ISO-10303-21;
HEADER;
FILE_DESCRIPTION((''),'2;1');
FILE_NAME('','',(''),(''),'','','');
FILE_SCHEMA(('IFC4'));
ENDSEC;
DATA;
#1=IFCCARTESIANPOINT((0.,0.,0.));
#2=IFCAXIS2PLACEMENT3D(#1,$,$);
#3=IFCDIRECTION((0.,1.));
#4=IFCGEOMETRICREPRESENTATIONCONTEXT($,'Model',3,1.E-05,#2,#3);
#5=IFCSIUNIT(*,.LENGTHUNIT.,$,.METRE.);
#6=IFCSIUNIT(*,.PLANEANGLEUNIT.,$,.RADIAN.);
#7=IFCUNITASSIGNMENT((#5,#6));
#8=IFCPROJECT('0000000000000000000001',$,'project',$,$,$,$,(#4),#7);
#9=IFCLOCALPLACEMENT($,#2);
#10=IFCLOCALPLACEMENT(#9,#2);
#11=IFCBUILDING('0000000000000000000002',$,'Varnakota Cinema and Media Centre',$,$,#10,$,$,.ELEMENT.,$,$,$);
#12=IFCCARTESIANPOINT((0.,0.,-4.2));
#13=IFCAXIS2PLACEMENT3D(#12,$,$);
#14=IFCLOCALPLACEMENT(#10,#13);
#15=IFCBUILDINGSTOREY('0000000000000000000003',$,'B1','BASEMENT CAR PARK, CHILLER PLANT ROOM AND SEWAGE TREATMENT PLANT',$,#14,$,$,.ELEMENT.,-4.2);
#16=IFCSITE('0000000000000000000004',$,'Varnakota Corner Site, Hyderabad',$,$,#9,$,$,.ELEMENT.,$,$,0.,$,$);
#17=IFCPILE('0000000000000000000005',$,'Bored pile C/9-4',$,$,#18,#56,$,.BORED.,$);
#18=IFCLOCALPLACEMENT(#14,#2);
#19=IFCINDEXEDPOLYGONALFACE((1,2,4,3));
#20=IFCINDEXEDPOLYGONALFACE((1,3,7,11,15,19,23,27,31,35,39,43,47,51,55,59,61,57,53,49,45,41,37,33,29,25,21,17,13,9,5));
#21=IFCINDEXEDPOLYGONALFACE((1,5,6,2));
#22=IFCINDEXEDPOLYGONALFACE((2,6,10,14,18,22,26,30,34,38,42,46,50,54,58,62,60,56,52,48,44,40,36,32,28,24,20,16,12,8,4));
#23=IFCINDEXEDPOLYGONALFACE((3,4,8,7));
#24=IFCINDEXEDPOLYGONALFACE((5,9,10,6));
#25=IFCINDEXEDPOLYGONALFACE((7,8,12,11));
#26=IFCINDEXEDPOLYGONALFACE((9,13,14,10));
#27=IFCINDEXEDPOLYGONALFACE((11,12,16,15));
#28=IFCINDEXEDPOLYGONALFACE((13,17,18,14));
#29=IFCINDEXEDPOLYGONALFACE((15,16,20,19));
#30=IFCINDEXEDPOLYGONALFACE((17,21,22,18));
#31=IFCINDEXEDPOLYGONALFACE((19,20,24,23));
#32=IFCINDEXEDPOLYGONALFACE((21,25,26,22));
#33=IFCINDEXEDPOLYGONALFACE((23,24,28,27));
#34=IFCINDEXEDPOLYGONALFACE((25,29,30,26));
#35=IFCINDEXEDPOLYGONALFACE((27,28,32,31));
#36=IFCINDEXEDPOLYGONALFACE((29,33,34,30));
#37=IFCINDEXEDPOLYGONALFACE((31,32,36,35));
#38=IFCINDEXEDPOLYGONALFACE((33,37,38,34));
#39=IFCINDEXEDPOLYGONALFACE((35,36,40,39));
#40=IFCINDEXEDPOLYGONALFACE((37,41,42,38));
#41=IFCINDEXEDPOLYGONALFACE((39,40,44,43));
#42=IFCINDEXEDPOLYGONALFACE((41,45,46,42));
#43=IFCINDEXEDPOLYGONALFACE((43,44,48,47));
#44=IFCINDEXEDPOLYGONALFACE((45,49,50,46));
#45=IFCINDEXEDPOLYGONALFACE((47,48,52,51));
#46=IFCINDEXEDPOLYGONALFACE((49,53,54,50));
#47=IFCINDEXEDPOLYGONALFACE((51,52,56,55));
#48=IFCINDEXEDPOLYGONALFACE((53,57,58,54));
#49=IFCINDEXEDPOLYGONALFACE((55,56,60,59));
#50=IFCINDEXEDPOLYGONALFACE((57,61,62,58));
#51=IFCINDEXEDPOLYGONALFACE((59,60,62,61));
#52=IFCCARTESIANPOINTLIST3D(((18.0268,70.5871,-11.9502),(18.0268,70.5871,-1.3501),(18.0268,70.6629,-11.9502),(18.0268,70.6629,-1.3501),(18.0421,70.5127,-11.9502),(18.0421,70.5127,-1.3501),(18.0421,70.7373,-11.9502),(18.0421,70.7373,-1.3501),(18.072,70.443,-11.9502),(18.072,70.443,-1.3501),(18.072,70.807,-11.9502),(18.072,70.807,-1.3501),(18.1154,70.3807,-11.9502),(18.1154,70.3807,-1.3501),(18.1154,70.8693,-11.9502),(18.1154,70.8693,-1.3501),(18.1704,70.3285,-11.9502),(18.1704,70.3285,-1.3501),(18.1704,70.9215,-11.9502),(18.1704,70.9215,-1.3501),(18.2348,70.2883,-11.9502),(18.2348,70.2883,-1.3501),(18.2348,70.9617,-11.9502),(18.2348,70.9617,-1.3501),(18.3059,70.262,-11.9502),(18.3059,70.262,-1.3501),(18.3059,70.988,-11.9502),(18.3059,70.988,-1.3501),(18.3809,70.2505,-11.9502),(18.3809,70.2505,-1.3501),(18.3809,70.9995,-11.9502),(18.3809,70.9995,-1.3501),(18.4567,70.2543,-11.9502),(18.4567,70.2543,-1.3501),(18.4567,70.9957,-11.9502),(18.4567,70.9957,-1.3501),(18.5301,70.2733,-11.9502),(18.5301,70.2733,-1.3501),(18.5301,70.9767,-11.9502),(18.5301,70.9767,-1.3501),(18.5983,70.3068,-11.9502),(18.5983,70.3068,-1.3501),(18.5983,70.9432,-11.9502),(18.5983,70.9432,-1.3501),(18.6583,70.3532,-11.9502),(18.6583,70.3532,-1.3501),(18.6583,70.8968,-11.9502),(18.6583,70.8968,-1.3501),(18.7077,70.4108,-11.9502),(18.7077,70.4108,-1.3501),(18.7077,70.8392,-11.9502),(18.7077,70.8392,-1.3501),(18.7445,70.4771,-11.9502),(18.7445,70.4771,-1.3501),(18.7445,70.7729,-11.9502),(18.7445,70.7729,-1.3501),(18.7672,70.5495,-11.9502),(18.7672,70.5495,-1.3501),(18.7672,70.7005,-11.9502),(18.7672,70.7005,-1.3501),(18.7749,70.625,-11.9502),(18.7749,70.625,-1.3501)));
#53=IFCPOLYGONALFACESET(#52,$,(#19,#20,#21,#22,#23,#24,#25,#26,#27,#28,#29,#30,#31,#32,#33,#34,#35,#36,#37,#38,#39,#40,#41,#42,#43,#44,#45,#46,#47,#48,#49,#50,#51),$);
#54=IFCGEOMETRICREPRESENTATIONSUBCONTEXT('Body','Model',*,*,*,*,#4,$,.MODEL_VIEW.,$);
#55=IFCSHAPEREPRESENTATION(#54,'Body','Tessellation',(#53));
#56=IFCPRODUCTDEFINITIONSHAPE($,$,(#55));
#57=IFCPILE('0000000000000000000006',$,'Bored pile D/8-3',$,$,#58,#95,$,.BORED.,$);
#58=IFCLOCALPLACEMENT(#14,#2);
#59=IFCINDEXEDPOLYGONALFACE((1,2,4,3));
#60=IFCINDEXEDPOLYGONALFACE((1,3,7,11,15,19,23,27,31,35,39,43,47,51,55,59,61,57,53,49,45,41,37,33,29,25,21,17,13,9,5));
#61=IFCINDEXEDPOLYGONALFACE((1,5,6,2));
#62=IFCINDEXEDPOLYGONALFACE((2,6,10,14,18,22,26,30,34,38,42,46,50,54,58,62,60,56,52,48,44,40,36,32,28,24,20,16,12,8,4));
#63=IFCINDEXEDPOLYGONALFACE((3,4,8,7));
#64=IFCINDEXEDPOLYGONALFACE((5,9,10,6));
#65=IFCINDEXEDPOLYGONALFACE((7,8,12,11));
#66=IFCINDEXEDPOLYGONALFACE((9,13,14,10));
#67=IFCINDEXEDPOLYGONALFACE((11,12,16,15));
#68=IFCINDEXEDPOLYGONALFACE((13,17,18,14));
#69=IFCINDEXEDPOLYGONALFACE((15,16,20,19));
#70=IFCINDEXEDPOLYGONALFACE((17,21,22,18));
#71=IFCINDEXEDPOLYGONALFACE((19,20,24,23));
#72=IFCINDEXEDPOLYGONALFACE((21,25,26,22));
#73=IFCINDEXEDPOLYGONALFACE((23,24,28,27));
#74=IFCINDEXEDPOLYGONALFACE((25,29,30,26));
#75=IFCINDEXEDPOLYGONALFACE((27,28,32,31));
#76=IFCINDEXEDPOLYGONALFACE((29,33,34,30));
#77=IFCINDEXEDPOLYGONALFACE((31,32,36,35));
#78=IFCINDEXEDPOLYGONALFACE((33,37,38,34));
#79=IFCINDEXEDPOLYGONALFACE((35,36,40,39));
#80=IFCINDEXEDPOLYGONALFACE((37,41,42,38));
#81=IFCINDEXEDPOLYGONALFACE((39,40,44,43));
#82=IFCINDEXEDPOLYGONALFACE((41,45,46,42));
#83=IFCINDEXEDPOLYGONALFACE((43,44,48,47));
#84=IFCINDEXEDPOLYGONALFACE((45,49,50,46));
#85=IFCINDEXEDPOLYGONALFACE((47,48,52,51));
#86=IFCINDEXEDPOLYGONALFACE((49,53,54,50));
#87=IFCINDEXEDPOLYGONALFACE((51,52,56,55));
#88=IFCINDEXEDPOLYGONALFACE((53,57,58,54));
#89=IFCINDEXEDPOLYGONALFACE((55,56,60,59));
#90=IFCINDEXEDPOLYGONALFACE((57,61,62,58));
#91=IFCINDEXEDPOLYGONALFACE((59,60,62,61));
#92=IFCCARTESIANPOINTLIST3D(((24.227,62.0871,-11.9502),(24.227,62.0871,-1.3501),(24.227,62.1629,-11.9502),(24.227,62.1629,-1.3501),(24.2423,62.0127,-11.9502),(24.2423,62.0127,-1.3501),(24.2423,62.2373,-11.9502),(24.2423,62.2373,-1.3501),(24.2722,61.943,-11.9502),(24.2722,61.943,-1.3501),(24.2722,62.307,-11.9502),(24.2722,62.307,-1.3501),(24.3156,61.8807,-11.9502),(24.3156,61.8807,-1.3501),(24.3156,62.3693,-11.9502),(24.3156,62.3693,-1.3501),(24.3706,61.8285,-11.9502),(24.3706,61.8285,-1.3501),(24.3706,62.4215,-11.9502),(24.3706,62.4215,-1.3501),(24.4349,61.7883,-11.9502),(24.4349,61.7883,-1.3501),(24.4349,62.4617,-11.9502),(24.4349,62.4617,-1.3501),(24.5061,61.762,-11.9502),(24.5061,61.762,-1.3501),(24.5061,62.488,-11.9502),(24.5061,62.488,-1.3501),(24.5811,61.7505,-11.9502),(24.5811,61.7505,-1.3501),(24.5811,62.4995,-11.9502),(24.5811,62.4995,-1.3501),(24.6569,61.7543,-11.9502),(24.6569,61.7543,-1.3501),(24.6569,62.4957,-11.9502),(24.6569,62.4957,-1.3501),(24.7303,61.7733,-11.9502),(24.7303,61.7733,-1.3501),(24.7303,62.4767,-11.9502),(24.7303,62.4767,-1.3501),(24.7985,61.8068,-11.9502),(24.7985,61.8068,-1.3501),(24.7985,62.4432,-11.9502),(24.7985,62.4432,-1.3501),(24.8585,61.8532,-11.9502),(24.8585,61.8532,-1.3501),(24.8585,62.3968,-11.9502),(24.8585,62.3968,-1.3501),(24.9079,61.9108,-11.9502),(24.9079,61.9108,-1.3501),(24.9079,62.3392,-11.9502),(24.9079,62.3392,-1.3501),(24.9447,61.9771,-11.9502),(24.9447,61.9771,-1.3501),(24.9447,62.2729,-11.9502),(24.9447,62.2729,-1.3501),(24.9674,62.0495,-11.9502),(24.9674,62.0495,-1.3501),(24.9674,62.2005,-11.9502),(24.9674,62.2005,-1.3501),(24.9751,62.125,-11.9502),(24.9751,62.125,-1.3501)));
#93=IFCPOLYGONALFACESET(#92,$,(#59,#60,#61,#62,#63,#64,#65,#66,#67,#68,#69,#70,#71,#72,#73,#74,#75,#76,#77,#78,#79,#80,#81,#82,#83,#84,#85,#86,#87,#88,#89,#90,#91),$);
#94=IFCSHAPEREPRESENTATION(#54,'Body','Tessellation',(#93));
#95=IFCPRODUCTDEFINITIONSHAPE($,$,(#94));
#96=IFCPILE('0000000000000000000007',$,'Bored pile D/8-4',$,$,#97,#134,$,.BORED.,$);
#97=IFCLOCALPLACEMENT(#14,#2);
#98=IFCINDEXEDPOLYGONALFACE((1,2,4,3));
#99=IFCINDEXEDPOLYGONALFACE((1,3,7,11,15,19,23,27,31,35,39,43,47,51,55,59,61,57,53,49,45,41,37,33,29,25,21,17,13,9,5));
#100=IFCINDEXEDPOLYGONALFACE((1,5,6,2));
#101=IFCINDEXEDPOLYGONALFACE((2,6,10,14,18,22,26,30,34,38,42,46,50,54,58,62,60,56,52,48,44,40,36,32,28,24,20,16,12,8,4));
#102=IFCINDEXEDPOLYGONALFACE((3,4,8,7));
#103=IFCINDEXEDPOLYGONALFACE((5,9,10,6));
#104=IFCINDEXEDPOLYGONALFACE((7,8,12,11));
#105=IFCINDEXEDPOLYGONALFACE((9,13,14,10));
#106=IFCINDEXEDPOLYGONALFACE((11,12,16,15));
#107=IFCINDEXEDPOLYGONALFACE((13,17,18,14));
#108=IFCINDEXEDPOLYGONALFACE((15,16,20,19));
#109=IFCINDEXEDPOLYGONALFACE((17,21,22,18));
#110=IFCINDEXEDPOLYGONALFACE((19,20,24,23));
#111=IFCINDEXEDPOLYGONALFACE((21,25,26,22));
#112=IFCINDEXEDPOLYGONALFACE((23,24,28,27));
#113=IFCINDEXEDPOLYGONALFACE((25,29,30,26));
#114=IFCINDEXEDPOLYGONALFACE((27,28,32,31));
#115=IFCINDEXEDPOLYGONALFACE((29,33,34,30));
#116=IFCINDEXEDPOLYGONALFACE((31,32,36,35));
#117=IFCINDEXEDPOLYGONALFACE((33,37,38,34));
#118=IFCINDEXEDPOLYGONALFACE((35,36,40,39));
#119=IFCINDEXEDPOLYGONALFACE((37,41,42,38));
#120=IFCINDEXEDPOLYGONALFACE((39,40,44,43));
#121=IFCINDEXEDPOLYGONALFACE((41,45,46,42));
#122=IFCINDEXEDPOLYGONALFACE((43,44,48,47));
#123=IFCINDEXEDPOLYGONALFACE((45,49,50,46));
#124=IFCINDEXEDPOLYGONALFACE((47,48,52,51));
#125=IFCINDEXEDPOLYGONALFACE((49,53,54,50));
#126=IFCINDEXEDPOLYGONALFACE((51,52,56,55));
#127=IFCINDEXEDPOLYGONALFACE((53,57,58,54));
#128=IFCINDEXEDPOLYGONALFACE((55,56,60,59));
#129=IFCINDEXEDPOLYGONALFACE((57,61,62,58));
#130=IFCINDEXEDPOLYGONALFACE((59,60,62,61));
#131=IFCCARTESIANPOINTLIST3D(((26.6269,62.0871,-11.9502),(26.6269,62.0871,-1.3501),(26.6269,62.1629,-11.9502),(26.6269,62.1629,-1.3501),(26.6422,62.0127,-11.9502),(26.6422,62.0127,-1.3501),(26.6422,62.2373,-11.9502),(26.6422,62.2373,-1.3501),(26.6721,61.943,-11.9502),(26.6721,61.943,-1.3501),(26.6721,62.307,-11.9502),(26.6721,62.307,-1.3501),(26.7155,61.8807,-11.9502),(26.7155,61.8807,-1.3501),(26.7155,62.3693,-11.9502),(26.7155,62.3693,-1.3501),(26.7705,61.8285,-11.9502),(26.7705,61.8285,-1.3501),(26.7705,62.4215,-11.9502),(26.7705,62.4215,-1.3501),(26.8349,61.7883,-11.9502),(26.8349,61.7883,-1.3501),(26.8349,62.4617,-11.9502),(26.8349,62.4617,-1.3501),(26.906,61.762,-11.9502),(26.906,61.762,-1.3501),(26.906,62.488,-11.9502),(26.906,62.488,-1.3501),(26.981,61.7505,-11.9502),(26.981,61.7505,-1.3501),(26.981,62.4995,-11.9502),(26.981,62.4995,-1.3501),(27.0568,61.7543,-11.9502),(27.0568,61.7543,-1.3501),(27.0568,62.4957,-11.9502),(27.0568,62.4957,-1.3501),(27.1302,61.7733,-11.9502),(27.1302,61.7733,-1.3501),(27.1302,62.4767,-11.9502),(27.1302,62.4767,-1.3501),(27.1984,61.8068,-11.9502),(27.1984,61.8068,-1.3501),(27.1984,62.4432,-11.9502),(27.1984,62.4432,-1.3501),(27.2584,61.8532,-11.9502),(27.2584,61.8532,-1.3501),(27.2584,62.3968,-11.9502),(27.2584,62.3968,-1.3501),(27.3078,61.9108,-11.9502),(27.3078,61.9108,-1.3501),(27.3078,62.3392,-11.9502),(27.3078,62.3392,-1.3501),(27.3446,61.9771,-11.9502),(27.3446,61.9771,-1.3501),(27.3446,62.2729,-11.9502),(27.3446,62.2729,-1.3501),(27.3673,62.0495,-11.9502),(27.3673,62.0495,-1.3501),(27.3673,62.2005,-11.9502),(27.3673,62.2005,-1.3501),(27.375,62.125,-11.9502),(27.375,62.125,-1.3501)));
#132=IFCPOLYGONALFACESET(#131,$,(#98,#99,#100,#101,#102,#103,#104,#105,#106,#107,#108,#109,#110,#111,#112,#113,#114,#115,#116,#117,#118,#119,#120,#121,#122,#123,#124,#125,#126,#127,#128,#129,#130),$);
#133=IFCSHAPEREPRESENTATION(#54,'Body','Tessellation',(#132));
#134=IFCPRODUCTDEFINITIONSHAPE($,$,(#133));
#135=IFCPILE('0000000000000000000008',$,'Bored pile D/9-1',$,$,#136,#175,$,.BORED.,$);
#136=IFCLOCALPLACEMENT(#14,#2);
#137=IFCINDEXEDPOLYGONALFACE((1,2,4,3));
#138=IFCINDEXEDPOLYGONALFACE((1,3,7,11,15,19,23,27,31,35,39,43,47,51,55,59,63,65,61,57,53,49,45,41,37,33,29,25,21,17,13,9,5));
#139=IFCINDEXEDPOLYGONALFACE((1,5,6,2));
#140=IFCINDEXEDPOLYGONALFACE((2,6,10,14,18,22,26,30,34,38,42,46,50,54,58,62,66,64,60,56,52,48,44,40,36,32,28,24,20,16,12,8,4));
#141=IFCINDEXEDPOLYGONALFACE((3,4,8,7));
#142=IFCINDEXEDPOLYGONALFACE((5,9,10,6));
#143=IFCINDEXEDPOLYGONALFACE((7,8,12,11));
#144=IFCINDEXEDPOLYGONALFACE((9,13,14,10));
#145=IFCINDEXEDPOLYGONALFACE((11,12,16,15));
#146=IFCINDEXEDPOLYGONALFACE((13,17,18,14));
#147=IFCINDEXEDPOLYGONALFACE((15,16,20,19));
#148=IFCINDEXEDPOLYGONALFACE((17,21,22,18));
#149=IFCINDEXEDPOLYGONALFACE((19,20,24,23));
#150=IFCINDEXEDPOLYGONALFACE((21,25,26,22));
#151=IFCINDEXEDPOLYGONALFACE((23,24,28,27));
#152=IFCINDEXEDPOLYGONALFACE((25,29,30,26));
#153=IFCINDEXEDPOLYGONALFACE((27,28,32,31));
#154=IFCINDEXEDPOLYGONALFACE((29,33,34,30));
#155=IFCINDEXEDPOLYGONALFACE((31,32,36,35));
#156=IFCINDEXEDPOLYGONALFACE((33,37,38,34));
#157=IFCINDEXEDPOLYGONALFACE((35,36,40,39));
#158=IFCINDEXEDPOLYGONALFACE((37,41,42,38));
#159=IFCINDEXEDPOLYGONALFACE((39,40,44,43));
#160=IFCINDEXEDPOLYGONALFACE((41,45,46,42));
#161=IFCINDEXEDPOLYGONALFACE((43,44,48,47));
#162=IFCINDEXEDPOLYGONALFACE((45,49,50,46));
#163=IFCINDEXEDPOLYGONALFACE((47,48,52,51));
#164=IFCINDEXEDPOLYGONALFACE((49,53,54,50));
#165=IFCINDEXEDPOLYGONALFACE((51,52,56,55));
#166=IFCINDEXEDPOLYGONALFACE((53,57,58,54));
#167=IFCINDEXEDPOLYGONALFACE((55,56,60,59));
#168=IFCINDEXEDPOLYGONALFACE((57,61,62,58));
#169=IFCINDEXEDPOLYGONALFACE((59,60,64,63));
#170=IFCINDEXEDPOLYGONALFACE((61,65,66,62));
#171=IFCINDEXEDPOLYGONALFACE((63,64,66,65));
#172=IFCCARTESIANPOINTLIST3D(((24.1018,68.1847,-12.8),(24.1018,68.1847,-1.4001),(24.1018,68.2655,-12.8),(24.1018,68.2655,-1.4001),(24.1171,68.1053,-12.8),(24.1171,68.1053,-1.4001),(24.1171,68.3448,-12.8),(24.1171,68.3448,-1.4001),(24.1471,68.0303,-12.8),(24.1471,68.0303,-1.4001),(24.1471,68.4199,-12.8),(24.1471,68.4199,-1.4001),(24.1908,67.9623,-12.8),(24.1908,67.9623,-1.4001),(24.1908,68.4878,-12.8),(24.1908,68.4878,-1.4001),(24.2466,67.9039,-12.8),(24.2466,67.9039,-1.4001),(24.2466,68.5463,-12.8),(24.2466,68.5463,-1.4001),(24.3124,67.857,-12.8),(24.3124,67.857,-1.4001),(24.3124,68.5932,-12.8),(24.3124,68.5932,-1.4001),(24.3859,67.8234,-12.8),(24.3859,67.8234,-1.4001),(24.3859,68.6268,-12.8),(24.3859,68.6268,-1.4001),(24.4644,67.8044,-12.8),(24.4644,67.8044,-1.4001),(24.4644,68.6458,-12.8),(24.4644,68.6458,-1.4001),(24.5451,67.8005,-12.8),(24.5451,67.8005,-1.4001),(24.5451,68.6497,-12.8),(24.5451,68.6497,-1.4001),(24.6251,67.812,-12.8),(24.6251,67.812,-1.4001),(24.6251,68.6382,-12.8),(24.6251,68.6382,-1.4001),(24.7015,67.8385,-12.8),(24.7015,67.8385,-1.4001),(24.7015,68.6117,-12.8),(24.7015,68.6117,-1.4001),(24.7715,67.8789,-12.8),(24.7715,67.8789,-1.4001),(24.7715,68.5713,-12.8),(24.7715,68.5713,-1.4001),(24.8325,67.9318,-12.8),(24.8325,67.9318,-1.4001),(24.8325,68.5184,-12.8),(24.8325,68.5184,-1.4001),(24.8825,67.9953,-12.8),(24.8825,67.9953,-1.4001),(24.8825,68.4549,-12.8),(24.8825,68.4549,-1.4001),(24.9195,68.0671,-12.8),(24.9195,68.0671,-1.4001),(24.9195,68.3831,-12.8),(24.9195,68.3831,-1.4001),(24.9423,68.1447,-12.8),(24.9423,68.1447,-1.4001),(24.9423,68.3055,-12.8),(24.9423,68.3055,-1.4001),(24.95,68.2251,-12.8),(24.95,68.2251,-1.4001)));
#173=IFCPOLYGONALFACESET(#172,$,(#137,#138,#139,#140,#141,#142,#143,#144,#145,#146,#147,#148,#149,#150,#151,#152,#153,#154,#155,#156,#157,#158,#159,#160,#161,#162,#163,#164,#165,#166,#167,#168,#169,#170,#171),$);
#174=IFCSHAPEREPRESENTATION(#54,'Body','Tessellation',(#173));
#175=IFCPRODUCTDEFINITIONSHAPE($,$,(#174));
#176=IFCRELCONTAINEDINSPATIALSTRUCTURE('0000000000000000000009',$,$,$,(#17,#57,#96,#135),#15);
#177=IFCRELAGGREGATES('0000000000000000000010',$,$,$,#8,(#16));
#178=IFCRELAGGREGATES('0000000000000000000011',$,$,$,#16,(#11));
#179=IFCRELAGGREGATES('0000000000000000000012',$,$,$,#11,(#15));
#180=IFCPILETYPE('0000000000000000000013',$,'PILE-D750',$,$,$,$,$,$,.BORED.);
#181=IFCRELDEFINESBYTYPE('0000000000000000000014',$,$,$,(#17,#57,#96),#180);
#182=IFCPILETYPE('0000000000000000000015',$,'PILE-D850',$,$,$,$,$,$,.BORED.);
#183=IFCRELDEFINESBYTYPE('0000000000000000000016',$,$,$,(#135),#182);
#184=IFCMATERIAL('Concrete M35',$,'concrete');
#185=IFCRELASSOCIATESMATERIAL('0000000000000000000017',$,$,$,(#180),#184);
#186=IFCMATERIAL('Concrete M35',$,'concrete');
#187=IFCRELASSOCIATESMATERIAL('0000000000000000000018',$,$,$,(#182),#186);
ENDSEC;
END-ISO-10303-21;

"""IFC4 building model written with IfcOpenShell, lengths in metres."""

from ifc_helpers import new_model, si_unit, direction, frame, origin, origin_2d, place, context, subcontext, project, spatial, circle, extrude, material, material_profile, profile_set, type_object, element, save


model = new_model("IFC4")

# Units and contexts
model_context = context("Model", 3, precision=1e-05, world=origin(), true_north=direction((0.0, 1.0)))
body_context = subcontext(model_context, "Body", "Model", "MODEL_VIEW")
ifc_project = project(units=[si_unit("LENGTHUNIT", "METRE"), si_unit("PLANEANGLEUNIT", "RADIAN")], contexts=[model_context])

# Site, building, storey
site_placement = place(None, origin())
site = spatial("IfcSite", under=ifc_project, at=site_placement, Name="Varnakota Corner Site, Hyderabad", CompositionType="ELEMENT", RefElevation=0.0)
building_placement = place(site_placement, origin())
building = spatial("IfcBuilding", under=site, at=building_placement, Name="Varnakota Cinema and Media Centre", CompositionType="ELEMENT")
storey_placement = place(building_placement, frame((0.0, 0.0, -4.2)))
storey = spatial("IfcBuildingStorey", under=building, at=storey_placement, Name="B1", Description="BASEMENT CAR PARK, CHILLER PLANT ROOM AND SEWAGE TREATMENT PLANT", CompositionType="ELEMENT", Elevation=-4.2)

# Piles
ifc_material_1 = material(Name="Concrete M35", Category="concrete")
ifc_material_profile_1 = material_profile(ifc_material_1, circle(Radius=0.375, at=origin_2d()), Name="PILE D750")
ifc_profile_set_1 = profile_set([ifc_material_profile_1], Name="Concrete M35")
pile_type_1 = type_object("IfcPileType", Name="PILE-D750", PredefinedType="BORED", material=ifc_profile_set_1)
for number, where, z_axis, x_axis, name in (
    (1, (18.3999, 70.625, -1.3501), (0.0, 0.0, -1.0), (1.0, 0.0, 0.0), "Bored pile C/9-4"),
    (2, (24.6001, 62.125, -1.3501), (0.0, 0.0, -1.0), (1.0, 0.0, 0.0), "Bored pile D/8-3"),
    (3, (27.0, 62.125, -1.3501), (0.0, 0.0, -1.0), (1.0, 0.0, 0.0), "Bored pile D/8-4"),
):
    element("IfcPile", number, at=place(storey_placement, frame(where, z_axis=z_axis, x_axis=x_axis)), inside=storey, type_object=pile_type_1, Name=name, PredefinedType="BORED", context=body_context, shape_type="SweptSolid", body=[
        extrude(circle(Radius=0.375, at=origin_2d()), origin(), (0.0, 0.0, 1.0), 10.6001),
    ])
ifc_material_2 = material(Name="Concrete M35", Category="concrete")
ifc_material_profile_2 = material_profile(ifc_material_2, circle(Radius=0.425, at=origin_2d()), Name="PILE D850")
ifc_profile_set_2 = profile_set([ifc_material_profile_2], Name="Concrete M35")
pile_type_2 = type_object("IfcPileType", Name="PILE-D850", PredefinedType="BORED", material=ifc_profile_set_2)
for number, where, z_axis, x_axis, name in (
    (4, (24.5249, 68.2251, -1.4001), (0.0, 0.0, -1.0), (1.0, 0.0, 0.0), "Bored pile D/9-1"),
):
    element("IfcPile", number, at=place(storey_placement, frame(where, z_axis=z_axis, x_axis=x_axis)), inside=storey, type_object=pile_type_2, Name=name, PredefinedType="BORED", context=body_context, shape_type="SweptSolid", body=[
        extrude(circle(Radius=0.425, at=origin_2d()), origin(), (0.0, 0.0, 1.0), 11.3999),
    ])

save(model, "model.ifc")
